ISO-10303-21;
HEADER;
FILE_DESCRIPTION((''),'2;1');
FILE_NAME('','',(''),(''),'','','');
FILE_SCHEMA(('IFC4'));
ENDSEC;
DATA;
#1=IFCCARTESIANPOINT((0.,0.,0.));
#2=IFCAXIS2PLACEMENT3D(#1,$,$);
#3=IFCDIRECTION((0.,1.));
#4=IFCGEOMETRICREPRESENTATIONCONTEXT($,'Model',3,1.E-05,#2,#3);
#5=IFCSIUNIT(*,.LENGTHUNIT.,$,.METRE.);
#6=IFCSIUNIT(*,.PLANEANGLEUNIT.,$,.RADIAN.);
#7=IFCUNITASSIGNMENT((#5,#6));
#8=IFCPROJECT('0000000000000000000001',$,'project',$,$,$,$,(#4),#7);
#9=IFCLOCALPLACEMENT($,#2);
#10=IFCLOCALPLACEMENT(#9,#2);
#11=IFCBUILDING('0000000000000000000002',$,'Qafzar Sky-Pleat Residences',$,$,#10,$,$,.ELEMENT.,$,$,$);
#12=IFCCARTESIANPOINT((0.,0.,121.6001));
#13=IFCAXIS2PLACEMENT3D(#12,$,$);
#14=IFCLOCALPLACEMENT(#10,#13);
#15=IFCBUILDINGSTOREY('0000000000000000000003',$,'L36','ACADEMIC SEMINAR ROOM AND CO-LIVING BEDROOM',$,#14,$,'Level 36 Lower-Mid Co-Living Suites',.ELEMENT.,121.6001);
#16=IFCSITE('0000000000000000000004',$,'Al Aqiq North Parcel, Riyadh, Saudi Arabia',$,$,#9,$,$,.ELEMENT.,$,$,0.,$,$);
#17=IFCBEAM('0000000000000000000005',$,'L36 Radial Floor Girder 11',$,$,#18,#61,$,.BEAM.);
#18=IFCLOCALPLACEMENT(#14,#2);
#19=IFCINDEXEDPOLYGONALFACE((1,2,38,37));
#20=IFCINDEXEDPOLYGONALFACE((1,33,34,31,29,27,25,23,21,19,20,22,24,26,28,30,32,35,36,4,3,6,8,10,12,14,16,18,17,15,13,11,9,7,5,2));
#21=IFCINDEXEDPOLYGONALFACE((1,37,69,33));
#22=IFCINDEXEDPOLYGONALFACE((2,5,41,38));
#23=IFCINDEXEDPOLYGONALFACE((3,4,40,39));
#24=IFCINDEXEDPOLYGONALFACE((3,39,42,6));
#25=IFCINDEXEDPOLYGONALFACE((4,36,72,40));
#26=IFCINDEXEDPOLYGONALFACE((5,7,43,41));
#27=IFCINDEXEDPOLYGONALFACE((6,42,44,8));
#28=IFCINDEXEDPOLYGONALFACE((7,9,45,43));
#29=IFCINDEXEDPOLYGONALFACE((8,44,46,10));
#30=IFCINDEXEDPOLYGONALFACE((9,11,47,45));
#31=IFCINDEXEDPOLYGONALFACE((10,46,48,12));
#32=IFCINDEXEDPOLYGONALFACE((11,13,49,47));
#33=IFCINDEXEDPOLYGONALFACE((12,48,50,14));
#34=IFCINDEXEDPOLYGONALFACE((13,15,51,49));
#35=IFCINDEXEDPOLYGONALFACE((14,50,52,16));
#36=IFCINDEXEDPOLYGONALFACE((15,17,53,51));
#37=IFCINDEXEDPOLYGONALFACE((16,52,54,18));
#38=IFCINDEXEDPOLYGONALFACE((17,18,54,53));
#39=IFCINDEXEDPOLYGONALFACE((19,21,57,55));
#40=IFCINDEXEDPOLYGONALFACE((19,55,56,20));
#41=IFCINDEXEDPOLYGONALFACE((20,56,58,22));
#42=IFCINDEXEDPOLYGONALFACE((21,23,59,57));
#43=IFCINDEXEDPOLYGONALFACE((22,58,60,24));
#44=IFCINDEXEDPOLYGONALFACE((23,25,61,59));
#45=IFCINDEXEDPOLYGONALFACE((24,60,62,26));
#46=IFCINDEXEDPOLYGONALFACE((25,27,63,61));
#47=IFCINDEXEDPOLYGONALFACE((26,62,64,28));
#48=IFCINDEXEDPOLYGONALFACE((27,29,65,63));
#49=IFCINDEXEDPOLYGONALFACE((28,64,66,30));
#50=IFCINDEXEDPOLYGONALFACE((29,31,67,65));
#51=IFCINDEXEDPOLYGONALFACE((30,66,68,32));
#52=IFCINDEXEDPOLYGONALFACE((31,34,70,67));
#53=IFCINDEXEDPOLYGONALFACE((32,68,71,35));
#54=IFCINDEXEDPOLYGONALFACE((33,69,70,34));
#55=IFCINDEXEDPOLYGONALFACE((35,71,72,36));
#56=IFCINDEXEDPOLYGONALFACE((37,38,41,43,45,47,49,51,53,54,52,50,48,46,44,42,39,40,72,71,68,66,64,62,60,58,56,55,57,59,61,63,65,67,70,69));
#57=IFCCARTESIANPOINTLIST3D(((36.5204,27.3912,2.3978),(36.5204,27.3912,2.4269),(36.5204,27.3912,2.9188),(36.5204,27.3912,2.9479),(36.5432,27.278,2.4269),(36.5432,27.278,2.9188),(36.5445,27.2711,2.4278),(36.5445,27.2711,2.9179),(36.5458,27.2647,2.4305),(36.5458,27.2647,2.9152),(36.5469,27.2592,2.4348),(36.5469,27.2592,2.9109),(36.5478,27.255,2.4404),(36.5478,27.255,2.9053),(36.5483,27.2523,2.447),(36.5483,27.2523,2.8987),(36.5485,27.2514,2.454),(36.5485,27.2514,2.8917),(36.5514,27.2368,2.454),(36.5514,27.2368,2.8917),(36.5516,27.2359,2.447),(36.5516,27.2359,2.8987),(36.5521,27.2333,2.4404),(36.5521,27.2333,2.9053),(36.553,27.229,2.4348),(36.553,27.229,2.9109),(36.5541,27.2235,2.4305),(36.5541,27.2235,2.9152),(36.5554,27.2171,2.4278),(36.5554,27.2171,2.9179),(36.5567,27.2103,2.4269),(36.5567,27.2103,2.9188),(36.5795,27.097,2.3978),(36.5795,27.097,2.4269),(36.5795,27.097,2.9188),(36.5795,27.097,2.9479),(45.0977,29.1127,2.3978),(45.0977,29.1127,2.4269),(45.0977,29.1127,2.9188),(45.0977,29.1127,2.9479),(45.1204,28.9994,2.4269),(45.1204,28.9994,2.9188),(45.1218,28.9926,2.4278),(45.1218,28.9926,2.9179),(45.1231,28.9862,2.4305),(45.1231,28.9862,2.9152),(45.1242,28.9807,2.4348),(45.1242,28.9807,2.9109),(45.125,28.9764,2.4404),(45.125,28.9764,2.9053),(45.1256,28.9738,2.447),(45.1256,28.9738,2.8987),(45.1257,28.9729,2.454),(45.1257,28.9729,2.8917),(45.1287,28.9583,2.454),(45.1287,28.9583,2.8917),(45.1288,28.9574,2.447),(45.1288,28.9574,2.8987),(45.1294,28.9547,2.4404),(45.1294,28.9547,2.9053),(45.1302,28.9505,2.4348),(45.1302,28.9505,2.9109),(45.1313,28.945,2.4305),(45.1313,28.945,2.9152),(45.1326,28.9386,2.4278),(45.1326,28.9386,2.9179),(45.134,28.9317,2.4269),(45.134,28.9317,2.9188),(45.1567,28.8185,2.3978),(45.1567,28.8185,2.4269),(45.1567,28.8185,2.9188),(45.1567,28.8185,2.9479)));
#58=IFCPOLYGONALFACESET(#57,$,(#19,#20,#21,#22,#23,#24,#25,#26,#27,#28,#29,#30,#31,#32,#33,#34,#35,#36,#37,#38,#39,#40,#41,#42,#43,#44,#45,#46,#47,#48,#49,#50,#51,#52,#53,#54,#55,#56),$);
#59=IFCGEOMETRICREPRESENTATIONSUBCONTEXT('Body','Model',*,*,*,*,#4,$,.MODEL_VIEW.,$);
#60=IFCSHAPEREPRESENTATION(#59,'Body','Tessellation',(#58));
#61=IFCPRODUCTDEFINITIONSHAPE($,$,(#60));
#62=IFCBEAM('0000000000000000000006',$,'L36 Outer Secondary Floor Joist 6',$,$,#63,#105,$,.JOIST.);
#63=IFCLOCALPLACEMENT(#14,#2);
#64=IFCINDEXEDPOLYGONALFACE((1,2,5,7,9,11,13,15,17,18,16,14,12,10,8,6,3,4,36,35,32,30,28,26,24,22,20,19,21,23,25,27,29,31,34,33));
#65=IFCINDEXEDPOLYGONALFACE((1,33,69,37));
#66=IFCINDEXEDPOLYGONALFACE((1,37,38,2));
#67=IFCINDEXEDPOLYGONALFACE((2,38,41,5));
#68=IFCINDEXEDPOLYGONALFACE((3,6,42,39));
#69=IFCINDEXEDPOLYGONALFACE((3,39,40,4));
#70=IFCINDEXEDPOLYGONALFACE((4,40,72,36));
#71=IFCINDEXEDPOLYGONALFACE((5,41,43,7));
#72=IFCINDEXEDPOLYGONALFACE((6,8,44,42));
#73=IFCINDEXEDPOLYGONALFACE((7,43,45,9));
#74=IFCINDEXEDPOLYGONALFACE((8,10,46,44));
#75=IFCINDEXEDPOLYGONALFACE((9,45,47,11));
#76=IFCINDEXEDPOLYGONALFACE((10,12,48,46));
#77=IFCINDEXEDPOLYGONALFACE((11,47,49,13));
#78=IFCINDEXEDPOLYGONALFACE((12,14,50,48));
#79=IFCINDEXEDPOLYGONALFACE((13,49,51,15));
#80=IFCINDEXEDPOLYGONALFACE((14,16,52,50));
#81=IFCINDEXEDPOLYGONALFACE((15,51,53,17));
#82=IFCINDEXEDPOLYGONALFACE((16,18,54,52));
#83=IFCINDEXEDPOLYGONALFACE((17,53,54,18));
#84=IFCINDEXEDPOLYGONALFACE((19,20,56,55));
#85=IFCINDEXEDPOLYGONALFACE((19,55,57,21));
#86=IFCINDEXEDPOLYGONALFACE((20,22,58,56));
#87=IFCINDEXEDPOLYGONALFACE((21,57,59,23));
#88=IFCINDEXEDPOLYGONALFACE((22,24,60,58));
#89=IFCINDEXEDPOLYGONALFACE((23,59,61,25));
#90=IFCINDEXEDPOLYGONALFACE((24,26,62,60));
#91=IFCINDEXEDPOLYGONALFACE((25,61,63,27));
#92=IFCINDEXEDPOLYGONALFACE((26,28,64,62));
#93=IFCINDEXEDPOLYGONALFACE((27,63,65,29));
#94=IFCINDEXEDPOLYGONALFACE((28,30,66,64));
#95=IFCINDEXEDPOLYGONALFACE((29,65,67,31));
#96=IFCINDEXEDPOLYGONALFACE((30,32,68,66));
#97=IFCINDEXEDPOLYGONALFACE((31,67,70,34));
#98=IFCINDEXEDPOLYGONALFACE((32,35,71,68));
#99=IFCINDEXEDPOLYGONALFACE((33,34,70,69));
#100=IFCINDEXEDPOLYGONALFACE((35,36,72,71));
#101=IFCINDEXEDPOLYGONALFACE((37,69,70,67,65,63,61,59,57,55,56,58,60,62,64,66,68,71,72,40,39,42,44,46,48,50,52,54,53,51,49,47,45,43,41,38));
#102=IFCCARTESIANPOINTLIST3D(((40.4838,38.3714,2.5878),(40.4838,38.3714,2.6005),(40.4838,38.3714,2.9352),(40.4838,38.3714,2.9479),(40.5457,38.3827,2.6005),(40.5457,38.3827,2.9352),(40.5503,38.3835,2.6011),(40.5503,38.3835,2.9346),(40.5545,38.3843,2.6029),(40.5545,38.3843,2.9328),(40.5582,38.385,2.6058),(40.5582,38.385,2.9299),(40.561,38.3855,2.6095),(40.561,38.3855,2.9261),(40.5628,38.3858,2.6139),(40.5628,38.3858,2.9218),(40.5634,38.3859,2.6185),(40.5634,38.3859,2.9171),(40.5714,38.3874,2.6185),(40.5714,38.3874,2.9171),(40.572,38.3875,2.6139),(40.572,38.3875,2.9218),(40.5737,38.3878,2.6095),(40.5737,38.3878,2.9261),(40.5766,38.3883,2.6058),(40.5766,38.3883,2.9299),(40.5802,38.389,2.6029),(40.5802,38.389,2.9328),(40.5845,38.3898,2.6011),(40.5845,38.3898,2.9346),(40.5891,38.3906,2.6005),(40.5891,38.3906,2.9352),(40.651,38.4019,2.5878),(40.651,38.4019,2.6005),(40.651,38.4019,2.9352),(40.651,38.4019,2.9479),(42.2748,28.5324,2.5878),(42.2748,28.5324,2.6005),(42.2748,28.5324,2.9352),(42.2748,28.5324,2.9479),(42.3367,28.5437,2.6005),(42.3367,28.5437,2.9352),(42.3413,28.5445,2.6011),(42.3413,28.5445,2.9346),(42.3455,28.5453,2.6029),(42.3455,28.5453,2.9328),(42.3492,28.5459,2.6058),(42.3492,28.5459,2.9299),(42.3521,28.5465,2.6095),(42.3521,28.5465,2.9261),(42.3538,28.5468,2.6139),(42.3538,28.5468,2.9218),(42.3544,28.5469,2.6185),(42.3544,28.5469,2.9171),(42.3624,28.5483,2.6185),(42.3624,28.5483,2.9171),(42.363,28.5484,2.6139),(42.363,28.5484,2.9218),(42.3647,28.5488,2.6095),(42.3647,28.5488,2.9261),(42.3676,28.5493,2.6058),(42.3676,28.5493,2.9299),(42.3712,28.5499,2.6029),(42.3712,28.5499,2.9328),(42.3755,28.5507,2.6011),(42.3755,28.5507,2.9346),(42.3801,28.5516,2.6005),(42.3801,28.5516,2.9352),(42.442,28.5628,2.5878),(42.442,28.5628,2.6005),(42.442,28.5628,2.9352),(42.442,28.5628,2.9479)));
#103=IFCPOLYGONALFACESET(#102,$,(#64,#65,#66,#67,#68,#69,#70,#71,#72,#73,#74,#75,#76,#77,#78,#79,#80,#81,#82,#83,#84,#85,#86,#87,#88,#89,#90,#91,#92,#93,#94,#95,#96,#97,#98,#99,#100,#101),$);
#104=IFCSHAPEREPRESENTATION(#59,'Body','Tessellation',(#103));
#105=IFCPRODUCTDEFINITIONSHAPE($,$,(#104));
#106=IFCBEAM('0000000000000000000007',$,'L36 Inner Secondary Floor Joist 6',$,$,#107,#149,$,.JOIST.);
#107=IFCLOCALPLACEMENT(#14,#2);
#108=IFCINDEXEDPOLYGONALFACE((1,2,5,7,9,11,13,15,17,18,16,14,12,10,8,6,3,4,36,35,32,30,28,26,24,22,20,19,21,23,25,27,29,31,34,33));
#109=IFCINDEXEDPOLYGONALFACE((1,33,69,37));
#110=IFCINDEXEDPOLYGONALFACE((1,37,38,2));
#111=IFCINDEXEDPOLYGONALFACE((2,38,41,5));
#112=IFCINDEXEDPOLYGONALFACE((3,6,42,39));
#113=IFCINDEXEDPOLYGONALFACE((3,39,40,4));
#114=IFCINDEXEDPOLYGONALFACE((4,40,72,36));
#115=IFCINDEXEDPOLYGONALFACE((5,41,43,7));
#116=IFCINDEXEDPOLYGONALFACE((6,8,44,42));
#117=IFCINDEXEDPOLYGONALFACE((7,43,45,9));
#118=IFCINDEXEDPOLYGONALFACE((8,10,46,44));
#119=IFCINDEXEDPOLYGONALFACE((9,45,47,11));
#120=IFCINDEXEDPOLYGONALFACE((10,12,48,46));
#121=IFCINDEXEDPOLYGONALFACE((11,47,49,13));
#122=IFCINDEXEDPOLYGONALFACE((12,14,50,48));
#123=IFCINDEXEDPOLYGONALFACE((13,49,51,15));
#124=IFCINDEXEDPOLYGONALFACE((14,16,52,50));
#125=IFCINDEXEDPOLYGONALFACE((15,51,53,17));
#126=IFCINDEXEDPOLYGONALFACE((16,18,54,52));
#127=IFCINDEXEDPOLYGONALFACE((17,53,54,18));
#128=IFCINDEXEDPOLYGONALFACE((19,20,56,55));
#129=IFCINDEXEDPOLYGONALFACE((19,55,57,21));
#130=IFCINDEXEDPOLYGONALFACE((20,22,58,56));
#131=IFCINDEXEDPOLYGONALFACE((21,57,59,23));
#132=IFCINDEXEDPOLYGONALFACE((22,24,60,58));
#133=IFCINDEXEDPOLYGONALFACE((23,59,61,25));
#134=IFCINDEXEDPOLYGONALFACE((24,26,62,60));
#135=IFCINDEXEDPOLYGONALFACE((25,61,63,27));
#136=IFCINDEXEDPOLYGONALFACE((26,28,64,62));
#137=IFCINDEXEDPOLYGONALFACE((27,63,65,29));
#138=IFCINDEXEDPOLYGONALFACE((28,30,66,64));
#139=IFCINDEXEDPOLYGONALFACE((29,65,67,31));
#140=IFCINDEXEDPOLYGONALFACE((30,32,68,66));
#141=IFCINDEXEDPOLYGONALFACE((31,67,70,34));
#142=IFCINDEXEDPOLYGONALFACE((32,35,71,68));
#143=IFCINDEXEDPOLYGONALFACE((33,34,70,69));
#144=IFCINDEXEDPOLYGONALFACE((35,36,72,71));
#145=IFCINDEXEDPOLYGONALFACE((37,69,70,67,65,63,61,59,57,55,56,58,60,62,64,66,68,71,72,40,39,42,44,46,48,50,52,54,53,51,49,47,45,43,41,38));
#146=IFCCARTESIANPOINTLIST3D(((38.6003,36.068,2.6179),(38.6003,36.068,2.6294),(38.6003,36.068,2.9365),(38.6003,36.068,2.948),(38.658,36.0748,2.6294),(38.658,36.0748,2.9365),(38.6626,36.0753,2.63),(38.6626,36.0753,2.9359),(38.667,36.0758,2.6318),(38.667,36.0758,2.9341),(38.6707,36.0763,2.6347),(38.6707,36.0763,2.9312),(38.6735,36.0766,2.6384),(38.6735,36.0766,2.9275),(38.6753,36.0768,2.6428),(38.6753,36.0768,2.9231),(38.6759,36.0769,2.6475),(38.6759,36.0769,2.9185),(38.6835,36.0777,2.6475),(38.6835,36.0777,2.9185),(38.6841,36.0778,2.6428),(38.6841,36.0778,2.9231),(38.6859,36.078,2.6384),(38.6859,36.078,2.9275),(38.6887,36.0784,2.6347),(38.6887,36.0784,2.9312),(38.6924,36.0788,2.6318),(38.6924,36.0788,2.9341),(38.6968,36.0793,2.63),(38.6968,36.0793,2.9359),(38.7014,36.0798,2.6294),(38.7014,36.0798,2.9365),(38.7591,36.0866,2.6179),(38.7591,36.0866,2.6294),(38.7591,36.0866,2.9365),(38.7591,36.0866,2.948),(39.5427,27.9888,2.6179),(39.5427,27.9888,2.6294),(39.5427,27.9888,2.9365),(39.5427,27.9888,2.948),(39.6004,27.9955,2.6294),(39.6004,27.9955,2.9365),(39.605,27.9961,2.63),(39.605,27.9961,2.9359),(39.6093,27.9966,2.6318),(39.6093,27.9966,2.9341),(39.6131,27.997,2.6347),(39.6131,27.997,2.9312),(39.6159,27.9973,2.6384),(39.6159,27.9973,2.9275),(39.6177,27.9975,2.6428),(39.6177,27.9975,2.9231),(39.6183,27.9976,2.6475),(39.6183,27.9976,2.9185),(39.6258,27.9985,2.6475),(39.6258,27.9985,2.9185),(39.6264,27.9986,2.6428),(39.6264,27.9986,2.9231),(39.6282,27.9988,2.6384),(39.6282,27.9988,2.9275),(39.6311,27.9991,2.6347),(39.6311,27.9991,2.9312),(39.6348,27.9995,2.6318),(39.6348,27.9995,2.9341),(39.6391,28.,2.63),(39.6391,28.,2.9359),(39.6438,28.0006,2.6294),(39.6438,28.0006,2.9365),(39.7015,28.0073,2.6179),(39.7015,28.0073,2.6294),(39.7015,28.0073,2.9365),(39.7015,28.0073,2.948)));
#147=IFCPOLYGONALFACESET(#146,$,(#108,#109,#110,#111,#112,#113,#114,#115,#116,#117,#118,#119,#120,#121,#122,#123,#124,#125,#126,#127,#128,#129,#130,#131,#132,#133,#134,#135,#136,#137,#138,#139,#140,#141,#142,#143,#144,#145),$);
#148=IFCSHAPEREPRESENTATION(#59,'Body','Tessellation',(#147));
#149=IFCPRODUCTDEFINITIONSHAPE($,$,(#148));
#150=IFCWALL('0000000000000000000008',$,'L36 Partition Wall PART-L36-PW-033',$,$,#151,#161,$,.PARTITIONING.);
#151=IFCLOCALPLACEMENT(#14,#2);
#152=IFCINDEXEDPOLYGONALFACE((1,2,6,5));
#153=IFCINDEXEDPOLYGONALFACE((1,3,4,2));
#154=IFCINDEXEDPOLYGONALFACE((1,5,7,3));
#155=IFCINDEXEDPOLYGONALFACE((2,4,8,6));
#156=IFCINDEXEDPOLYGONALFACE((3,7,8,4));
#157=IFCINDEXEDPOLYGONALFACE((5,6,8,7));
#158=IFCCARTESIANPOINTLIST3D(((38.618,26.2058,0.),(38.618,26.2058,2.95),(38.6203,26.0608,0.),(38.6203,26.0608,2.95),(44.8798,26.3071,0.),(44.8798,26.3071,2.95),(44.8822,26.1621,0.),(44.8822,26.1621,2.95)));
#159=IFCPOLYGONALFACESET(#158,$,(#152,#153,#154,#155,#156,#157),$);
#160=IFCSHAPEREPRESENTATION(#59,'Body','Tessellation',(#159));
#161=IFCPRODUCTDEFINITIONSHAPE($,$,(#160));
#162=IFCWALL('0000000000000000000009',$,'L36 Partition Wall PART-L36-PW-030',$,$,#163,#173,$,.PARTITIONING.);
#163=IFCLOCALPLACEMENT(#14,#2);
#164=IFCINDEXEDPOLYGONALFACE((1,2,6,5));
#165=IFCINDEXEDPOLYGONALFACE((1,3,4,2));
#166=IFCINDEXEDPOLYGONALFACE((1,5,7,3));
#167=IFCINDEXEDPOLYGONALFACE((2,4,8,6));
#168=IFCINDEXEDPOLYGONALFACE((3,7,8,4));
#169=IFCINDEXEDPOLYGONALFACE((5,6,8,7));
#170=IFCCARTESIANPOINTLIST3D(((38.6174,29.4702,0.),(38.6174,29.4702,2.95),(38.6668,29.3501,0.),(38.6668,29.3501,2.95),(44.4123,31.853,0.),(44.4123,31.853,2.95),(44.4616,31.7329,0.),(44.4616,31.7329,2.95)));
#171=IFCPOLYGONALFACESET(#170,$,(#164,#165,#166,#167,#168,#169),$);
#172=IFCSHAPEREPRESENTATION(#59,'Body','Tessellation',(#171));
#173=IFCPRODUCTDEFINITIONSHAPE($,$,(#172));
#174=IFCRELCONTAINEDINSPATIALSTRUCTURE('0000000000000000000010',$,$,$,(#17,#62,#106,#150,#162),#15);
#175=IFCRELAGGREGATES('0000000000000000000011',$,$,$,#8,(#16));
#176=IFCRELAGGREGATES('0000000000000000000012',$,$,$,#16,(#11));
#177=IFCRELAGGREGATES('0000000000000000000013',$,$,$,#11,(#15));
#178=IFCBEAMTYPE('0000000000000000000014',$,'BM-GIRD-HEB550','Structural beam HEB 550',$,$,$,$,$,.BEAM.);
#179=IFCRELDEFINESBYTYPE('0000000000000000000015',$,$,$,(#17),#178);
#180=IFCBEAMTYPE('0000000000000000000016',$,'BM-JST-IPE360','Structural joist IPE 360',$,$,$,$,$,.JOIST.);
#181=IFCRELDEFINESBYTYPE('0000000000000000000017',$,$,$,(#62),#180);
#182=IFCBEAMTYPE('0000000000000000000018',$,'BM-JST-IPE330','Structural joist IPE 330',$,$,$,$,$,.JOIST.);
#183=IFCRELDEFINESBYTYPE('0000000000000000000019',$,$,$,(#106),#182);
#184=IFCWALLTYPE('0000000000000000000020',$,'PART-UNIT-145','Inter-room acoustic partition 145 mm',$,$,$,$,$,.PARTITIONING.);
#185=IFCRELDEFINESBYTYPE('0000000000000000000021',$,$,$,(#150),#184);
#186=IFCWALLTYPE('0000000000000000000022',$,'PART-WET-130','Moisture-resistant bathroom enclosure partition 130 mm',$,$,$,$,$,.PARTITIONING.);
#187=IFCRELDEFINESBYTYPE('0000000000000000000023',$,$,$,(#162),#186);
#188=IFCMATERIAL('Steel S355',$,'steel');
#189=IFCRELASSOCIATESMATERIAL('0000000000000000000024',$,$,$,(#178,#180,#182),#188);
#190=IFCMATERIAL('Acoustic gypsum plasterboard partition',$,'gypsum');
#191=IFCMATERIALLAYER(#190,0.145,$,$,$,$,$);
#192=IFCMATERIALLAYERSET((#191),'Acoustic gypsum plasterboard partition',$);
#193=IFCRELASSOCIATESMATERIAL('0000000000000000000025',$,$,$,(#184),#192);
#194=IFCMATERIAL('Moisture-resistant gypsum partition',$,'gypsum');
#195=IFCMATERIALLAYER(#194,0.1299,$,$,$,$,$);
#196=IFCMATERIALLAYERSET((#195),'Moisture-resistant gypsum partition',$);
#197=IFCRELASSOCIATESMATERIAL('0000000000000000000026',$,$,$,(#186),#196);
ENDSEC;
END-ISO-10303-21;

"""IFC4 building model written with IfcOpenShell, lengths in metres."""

from ifc_helpers import new_model, si_unit, direction, frame, frame_2d, origin, origin_2d, place, context, subcontext, project, spatial, rectangle, i_section, extrude, source, transform, mapped, material, layer, layer_set, material_profile, profile_set, type_object, element, save


model = new_model("IFC4")

# Units and contexts
model_context = context("Model", 3, precision=1e-05, world=origin(), true_north=direction((0.0, 1.0)))
body_context = subcontext(model_context, "Body", "Model", "MODEL_VIEW")
ifc_project = project(units=[si_unit("LENGTHUNIT", "METRE"), si_unit("PLANEANGLEUNIT", "RADIAN")], contexts=[model_context])

# Site, building, storey
site_placement = place(None, origin())
site = spatial("IfcSite", under=ifc_project, at=site_placement, Name="Al Aqiq North Parcel, Riyadh, Saudi Arabia", CompositionType="ELEMENT", RefElevation=0.0)
building_placement = place(site_placement, origin())
building = spatial("IfcBuilding", under=site, at=building_placement, Name="Qafzar Sky-Pleat Residences", CompositionType="ELEMENT")
storey_placement = place(building_placement, frame((0.0, 0.0, 121.6001)))
storey = spatial("IfcBuildingStorey", under=building, at=storey_placement, Name="L36", Description="ACADEMIC SEMINAR ROOM AND CO-LIVING BEDROOM", LongName="Level 36 Lower-Mid Co-Living Suites", CompositionType="ELEMENT", Elevation=121.6001)

# Beams
ifc_material_1 = material(Name="Steel S355", Category="steel")
ifc_material_profile_1 = material_profile(ifc_material_1, i_section(OverallWidth=0.3, OverallDepth=0.55, WebThickness=0.0149, FlangeThickness=0.0291, FilletRadius=0.0271, at=origin_2d()), Name="HEB 550")
ifc_profile_set_1 = profile_set([ifc_material_profile_1], Name="Steel S355")
beam_type_1 = type_object("IfcBeamType", Name="BM-GIRD-HEB550", Description="Structural beam HEB 550", PredefinedType="BEAM", material=ifc_profile_set_1)
shared_shape_1 = source(origin(), body_context, "Body", "SweptSolid", [
    extrude(i_section(OverallWidth=0.3, OverallDepth=0.55, WebThickness=0.0149, FlangeThickness=0.0291, FilletRadius=0.0271, at=origin_2d()), origin(), (0.0, 0.0, 1.0), 8.7483),
])
beam_1_placement = place(storey_placement, frame((45.1272, 28.9656, 2.6729), z_axis=(-0.980448, -0.196776, 0.0), x_axis=(0.196776, -0.980448, 0.0)))
element("IfcBeam", 1, at=beam_1_placement, inside=storey, type_object=beam_type_1, Name="L36 Radial Floor Girder 11", PredefinedType="BEAM", context=body_context, shape_type="MappedRepresentation", body=[
    mapped(shared_shape_1, transform((0.0, 0.0, 0.0), x_axis=(1.0, 0.0, 0.0), y_axis=(0.0, 1.0, 0.0), z_axis=(0.0, 0.0, 1.0), scale=1.0)),
])
ifc_material_profile_2 = material_profile(ifc_material_1, i_section(OverallWidth=0.1699, OverallDepth=0.3601, WebThickness=0.0081, FlangeThickness=0.0127, FilletRadius=0.0181, at=origin_2d()), Name="IPE 360")
ifc_profile_set_2 = profile_set([ifc_material_profile_2], Name="Steel S355")
beam_type_2 = type_object("IfcBeamType", Name="BM-JST-IPE360", Description="Structural joist IPE 360", PredefinedType="JOIST", material=ifc_profile_set_2)
shared_shape_2 = source(origin(), body_context, "Body", "SweptSolid", [
    extrude(i_section(OverallWidth=0.1699, OverallDepth=0.3601, WebThickness=0.0081, FlangeThickness=0.0127, FilletRadius=0.0181, at=origin_2d()), origin(), (0.0, 0.0, 1.0), 10.0007),
])
beam_2_placement = place(storey_placement, frame((42.3584, 28.5476, 2.7678), z_axis=(-0.179087, 0.983833, 0.0), x_axis=(-0.983833, -0.179087, 0.0)))
element("IfcBeam", 2, at=beam_2_placement, inside=storey, type_object=beam_type_2, Name="L36 Outer Secondary Floor Joist 6", PredefinedType="JOIST", context=body_context, shape_type="MappedRepresentation", body=[
    mapped(shared_shape_2, transform((0.0, 0.0, 0.0), x_axis=(1.0, 0.0, 0.0), y_axis=(0.0, 1.0, 0.0), z_axis=(0.0, 0.0, 1.0), scale=1.0)),
])
ifc_material_profile_3 = material_profile(ifc_material_1, i_section(OverallWidth=0.1599, OverallDepth=0.3301, WebThickness=0.0076, FlangeThickness=0.0115, FilletRadius=0.0181, at=origin_2d()), Name="IPE 330")
ifc_profile_set_3 = profile_set([ifc_material_profile_3], Name="Steel S355")
beam_type_3 = type_object("IfcBeamType", Name="BM-JST-IPE330", Description="Structural joist IPE 330", PredefinedType="JOIST", material=ifc_profile_set_3)
shared_shape_3 = source(origin(), body_context, "Body", "SweptSolid", [
    extrude(i_section(OverallWidth=0.1599, OverallDepth=0.3301, WebThickness=0.0076, FlangeThickness=0.0115, FilletRadius=0.0181, at=origin_2d()), origin(), (0.0, 0.0, 1.0), 8.134),
])
beam_3_placement = place(storey_placement, frame((39.6221, 27.998, 2.783), z_axis=(-0.115856, 0.993266, 0.0), x_axis=(-0.993266, -0.115856, 0.0)))
element("IfcBeam", 3, at=beam_3_placement, inside=storey, type_object=beam_type_3, Name="L36 Inner Secondary Floor Joist 6", PredefinedType="JOIST", context=body_context, shape_type="MappedRepresentation", body=[
    mapped(shared_shape_3, transform((0.0, 0.0, 0.0), x_axis=(1.0, 0.0, 0.0), y_axis=(0.0, 1.0, 0.0), z_axis=(0.0, 0.0, 1.0), scale=1.0)),
])

# Walls
ifc_material_2 = material(Name="Acoustic gypsum plasterboard partition", Category="gypsum")
ifc_layer_1 = layer(ifc_material_2, 0.145)
ifc_layer_set_1 = layer_set([ifc_layer_1], Name="Acoustic gypsum plasterboard partition")
wall_type_1 = type_object("IfcWallType", Name="PART-UNIT-145", Description="Inter-room acoustic partition 145 mm", PredefinedType="PARTITIONING", material=ifc_layer_set_1)
wall_1_placement = place(storey_placement, frame((38.6191, 26.1333, 0.0), z_axis=(0.0, 0.0, 1.0), x_axis=(0.999869, 0.016178, 0.0)))
element("IfcWall", 4, at=wall_1_placement, inside=storey, type_object=wall_type_1, Name="L36 Partition Wall PART-L36-PW-033", PredefinedType="PARTITIONING", context=body_context, shape_type="SweptSolid", body=[
    extrude(rectangle(XDim=6.2627, YDim=0.145, at=frame_2d((3.1313, 0.0))), origin(), (0.0, 0.0, 1.0), 2.95),
])
ifc_material_3 = material(Name="Moisture-resistant gypsum partition", Category="gypsum")
ifc_layer_2 = layer(ifc_material_3, 0.1299)
ifc_layer_set_2 = layer_set([ifc_layer_2], Name="Moisture-resistant gypsum partition")
wall_type_2 = type_object("IfcWallType", Name="PART-WET-130", Description="Moisture-resistant bathroom enclosure partition 130 mm", PredefinedType="PARTITIONING", material=ifc_layer_set_2)
wall_2_placement = place(storey_placement, frame((38.6421, 29.4102, 0.0), z_axis=(0.0, 0.0, 1.0), x_axis=(0.924865, 0.380295, 0.0)))
element("IfcWall", 5, at=wall_2_placement, inside=storey, type_object=wall_type_2, Name="L36 Partition Wall PART-L36-PW-030", PredefinedType="PARTITIONING", context=body_context, shape_type="SweptSolid", body=[
    extrude(rectangle(XDim=6.2656, YDim=0.1299, at=frame_2d((3.1328, 0.0))), origin(), (0.0, 0.0, 1.0), 2.95),
])

save(model, "model.ifc")
